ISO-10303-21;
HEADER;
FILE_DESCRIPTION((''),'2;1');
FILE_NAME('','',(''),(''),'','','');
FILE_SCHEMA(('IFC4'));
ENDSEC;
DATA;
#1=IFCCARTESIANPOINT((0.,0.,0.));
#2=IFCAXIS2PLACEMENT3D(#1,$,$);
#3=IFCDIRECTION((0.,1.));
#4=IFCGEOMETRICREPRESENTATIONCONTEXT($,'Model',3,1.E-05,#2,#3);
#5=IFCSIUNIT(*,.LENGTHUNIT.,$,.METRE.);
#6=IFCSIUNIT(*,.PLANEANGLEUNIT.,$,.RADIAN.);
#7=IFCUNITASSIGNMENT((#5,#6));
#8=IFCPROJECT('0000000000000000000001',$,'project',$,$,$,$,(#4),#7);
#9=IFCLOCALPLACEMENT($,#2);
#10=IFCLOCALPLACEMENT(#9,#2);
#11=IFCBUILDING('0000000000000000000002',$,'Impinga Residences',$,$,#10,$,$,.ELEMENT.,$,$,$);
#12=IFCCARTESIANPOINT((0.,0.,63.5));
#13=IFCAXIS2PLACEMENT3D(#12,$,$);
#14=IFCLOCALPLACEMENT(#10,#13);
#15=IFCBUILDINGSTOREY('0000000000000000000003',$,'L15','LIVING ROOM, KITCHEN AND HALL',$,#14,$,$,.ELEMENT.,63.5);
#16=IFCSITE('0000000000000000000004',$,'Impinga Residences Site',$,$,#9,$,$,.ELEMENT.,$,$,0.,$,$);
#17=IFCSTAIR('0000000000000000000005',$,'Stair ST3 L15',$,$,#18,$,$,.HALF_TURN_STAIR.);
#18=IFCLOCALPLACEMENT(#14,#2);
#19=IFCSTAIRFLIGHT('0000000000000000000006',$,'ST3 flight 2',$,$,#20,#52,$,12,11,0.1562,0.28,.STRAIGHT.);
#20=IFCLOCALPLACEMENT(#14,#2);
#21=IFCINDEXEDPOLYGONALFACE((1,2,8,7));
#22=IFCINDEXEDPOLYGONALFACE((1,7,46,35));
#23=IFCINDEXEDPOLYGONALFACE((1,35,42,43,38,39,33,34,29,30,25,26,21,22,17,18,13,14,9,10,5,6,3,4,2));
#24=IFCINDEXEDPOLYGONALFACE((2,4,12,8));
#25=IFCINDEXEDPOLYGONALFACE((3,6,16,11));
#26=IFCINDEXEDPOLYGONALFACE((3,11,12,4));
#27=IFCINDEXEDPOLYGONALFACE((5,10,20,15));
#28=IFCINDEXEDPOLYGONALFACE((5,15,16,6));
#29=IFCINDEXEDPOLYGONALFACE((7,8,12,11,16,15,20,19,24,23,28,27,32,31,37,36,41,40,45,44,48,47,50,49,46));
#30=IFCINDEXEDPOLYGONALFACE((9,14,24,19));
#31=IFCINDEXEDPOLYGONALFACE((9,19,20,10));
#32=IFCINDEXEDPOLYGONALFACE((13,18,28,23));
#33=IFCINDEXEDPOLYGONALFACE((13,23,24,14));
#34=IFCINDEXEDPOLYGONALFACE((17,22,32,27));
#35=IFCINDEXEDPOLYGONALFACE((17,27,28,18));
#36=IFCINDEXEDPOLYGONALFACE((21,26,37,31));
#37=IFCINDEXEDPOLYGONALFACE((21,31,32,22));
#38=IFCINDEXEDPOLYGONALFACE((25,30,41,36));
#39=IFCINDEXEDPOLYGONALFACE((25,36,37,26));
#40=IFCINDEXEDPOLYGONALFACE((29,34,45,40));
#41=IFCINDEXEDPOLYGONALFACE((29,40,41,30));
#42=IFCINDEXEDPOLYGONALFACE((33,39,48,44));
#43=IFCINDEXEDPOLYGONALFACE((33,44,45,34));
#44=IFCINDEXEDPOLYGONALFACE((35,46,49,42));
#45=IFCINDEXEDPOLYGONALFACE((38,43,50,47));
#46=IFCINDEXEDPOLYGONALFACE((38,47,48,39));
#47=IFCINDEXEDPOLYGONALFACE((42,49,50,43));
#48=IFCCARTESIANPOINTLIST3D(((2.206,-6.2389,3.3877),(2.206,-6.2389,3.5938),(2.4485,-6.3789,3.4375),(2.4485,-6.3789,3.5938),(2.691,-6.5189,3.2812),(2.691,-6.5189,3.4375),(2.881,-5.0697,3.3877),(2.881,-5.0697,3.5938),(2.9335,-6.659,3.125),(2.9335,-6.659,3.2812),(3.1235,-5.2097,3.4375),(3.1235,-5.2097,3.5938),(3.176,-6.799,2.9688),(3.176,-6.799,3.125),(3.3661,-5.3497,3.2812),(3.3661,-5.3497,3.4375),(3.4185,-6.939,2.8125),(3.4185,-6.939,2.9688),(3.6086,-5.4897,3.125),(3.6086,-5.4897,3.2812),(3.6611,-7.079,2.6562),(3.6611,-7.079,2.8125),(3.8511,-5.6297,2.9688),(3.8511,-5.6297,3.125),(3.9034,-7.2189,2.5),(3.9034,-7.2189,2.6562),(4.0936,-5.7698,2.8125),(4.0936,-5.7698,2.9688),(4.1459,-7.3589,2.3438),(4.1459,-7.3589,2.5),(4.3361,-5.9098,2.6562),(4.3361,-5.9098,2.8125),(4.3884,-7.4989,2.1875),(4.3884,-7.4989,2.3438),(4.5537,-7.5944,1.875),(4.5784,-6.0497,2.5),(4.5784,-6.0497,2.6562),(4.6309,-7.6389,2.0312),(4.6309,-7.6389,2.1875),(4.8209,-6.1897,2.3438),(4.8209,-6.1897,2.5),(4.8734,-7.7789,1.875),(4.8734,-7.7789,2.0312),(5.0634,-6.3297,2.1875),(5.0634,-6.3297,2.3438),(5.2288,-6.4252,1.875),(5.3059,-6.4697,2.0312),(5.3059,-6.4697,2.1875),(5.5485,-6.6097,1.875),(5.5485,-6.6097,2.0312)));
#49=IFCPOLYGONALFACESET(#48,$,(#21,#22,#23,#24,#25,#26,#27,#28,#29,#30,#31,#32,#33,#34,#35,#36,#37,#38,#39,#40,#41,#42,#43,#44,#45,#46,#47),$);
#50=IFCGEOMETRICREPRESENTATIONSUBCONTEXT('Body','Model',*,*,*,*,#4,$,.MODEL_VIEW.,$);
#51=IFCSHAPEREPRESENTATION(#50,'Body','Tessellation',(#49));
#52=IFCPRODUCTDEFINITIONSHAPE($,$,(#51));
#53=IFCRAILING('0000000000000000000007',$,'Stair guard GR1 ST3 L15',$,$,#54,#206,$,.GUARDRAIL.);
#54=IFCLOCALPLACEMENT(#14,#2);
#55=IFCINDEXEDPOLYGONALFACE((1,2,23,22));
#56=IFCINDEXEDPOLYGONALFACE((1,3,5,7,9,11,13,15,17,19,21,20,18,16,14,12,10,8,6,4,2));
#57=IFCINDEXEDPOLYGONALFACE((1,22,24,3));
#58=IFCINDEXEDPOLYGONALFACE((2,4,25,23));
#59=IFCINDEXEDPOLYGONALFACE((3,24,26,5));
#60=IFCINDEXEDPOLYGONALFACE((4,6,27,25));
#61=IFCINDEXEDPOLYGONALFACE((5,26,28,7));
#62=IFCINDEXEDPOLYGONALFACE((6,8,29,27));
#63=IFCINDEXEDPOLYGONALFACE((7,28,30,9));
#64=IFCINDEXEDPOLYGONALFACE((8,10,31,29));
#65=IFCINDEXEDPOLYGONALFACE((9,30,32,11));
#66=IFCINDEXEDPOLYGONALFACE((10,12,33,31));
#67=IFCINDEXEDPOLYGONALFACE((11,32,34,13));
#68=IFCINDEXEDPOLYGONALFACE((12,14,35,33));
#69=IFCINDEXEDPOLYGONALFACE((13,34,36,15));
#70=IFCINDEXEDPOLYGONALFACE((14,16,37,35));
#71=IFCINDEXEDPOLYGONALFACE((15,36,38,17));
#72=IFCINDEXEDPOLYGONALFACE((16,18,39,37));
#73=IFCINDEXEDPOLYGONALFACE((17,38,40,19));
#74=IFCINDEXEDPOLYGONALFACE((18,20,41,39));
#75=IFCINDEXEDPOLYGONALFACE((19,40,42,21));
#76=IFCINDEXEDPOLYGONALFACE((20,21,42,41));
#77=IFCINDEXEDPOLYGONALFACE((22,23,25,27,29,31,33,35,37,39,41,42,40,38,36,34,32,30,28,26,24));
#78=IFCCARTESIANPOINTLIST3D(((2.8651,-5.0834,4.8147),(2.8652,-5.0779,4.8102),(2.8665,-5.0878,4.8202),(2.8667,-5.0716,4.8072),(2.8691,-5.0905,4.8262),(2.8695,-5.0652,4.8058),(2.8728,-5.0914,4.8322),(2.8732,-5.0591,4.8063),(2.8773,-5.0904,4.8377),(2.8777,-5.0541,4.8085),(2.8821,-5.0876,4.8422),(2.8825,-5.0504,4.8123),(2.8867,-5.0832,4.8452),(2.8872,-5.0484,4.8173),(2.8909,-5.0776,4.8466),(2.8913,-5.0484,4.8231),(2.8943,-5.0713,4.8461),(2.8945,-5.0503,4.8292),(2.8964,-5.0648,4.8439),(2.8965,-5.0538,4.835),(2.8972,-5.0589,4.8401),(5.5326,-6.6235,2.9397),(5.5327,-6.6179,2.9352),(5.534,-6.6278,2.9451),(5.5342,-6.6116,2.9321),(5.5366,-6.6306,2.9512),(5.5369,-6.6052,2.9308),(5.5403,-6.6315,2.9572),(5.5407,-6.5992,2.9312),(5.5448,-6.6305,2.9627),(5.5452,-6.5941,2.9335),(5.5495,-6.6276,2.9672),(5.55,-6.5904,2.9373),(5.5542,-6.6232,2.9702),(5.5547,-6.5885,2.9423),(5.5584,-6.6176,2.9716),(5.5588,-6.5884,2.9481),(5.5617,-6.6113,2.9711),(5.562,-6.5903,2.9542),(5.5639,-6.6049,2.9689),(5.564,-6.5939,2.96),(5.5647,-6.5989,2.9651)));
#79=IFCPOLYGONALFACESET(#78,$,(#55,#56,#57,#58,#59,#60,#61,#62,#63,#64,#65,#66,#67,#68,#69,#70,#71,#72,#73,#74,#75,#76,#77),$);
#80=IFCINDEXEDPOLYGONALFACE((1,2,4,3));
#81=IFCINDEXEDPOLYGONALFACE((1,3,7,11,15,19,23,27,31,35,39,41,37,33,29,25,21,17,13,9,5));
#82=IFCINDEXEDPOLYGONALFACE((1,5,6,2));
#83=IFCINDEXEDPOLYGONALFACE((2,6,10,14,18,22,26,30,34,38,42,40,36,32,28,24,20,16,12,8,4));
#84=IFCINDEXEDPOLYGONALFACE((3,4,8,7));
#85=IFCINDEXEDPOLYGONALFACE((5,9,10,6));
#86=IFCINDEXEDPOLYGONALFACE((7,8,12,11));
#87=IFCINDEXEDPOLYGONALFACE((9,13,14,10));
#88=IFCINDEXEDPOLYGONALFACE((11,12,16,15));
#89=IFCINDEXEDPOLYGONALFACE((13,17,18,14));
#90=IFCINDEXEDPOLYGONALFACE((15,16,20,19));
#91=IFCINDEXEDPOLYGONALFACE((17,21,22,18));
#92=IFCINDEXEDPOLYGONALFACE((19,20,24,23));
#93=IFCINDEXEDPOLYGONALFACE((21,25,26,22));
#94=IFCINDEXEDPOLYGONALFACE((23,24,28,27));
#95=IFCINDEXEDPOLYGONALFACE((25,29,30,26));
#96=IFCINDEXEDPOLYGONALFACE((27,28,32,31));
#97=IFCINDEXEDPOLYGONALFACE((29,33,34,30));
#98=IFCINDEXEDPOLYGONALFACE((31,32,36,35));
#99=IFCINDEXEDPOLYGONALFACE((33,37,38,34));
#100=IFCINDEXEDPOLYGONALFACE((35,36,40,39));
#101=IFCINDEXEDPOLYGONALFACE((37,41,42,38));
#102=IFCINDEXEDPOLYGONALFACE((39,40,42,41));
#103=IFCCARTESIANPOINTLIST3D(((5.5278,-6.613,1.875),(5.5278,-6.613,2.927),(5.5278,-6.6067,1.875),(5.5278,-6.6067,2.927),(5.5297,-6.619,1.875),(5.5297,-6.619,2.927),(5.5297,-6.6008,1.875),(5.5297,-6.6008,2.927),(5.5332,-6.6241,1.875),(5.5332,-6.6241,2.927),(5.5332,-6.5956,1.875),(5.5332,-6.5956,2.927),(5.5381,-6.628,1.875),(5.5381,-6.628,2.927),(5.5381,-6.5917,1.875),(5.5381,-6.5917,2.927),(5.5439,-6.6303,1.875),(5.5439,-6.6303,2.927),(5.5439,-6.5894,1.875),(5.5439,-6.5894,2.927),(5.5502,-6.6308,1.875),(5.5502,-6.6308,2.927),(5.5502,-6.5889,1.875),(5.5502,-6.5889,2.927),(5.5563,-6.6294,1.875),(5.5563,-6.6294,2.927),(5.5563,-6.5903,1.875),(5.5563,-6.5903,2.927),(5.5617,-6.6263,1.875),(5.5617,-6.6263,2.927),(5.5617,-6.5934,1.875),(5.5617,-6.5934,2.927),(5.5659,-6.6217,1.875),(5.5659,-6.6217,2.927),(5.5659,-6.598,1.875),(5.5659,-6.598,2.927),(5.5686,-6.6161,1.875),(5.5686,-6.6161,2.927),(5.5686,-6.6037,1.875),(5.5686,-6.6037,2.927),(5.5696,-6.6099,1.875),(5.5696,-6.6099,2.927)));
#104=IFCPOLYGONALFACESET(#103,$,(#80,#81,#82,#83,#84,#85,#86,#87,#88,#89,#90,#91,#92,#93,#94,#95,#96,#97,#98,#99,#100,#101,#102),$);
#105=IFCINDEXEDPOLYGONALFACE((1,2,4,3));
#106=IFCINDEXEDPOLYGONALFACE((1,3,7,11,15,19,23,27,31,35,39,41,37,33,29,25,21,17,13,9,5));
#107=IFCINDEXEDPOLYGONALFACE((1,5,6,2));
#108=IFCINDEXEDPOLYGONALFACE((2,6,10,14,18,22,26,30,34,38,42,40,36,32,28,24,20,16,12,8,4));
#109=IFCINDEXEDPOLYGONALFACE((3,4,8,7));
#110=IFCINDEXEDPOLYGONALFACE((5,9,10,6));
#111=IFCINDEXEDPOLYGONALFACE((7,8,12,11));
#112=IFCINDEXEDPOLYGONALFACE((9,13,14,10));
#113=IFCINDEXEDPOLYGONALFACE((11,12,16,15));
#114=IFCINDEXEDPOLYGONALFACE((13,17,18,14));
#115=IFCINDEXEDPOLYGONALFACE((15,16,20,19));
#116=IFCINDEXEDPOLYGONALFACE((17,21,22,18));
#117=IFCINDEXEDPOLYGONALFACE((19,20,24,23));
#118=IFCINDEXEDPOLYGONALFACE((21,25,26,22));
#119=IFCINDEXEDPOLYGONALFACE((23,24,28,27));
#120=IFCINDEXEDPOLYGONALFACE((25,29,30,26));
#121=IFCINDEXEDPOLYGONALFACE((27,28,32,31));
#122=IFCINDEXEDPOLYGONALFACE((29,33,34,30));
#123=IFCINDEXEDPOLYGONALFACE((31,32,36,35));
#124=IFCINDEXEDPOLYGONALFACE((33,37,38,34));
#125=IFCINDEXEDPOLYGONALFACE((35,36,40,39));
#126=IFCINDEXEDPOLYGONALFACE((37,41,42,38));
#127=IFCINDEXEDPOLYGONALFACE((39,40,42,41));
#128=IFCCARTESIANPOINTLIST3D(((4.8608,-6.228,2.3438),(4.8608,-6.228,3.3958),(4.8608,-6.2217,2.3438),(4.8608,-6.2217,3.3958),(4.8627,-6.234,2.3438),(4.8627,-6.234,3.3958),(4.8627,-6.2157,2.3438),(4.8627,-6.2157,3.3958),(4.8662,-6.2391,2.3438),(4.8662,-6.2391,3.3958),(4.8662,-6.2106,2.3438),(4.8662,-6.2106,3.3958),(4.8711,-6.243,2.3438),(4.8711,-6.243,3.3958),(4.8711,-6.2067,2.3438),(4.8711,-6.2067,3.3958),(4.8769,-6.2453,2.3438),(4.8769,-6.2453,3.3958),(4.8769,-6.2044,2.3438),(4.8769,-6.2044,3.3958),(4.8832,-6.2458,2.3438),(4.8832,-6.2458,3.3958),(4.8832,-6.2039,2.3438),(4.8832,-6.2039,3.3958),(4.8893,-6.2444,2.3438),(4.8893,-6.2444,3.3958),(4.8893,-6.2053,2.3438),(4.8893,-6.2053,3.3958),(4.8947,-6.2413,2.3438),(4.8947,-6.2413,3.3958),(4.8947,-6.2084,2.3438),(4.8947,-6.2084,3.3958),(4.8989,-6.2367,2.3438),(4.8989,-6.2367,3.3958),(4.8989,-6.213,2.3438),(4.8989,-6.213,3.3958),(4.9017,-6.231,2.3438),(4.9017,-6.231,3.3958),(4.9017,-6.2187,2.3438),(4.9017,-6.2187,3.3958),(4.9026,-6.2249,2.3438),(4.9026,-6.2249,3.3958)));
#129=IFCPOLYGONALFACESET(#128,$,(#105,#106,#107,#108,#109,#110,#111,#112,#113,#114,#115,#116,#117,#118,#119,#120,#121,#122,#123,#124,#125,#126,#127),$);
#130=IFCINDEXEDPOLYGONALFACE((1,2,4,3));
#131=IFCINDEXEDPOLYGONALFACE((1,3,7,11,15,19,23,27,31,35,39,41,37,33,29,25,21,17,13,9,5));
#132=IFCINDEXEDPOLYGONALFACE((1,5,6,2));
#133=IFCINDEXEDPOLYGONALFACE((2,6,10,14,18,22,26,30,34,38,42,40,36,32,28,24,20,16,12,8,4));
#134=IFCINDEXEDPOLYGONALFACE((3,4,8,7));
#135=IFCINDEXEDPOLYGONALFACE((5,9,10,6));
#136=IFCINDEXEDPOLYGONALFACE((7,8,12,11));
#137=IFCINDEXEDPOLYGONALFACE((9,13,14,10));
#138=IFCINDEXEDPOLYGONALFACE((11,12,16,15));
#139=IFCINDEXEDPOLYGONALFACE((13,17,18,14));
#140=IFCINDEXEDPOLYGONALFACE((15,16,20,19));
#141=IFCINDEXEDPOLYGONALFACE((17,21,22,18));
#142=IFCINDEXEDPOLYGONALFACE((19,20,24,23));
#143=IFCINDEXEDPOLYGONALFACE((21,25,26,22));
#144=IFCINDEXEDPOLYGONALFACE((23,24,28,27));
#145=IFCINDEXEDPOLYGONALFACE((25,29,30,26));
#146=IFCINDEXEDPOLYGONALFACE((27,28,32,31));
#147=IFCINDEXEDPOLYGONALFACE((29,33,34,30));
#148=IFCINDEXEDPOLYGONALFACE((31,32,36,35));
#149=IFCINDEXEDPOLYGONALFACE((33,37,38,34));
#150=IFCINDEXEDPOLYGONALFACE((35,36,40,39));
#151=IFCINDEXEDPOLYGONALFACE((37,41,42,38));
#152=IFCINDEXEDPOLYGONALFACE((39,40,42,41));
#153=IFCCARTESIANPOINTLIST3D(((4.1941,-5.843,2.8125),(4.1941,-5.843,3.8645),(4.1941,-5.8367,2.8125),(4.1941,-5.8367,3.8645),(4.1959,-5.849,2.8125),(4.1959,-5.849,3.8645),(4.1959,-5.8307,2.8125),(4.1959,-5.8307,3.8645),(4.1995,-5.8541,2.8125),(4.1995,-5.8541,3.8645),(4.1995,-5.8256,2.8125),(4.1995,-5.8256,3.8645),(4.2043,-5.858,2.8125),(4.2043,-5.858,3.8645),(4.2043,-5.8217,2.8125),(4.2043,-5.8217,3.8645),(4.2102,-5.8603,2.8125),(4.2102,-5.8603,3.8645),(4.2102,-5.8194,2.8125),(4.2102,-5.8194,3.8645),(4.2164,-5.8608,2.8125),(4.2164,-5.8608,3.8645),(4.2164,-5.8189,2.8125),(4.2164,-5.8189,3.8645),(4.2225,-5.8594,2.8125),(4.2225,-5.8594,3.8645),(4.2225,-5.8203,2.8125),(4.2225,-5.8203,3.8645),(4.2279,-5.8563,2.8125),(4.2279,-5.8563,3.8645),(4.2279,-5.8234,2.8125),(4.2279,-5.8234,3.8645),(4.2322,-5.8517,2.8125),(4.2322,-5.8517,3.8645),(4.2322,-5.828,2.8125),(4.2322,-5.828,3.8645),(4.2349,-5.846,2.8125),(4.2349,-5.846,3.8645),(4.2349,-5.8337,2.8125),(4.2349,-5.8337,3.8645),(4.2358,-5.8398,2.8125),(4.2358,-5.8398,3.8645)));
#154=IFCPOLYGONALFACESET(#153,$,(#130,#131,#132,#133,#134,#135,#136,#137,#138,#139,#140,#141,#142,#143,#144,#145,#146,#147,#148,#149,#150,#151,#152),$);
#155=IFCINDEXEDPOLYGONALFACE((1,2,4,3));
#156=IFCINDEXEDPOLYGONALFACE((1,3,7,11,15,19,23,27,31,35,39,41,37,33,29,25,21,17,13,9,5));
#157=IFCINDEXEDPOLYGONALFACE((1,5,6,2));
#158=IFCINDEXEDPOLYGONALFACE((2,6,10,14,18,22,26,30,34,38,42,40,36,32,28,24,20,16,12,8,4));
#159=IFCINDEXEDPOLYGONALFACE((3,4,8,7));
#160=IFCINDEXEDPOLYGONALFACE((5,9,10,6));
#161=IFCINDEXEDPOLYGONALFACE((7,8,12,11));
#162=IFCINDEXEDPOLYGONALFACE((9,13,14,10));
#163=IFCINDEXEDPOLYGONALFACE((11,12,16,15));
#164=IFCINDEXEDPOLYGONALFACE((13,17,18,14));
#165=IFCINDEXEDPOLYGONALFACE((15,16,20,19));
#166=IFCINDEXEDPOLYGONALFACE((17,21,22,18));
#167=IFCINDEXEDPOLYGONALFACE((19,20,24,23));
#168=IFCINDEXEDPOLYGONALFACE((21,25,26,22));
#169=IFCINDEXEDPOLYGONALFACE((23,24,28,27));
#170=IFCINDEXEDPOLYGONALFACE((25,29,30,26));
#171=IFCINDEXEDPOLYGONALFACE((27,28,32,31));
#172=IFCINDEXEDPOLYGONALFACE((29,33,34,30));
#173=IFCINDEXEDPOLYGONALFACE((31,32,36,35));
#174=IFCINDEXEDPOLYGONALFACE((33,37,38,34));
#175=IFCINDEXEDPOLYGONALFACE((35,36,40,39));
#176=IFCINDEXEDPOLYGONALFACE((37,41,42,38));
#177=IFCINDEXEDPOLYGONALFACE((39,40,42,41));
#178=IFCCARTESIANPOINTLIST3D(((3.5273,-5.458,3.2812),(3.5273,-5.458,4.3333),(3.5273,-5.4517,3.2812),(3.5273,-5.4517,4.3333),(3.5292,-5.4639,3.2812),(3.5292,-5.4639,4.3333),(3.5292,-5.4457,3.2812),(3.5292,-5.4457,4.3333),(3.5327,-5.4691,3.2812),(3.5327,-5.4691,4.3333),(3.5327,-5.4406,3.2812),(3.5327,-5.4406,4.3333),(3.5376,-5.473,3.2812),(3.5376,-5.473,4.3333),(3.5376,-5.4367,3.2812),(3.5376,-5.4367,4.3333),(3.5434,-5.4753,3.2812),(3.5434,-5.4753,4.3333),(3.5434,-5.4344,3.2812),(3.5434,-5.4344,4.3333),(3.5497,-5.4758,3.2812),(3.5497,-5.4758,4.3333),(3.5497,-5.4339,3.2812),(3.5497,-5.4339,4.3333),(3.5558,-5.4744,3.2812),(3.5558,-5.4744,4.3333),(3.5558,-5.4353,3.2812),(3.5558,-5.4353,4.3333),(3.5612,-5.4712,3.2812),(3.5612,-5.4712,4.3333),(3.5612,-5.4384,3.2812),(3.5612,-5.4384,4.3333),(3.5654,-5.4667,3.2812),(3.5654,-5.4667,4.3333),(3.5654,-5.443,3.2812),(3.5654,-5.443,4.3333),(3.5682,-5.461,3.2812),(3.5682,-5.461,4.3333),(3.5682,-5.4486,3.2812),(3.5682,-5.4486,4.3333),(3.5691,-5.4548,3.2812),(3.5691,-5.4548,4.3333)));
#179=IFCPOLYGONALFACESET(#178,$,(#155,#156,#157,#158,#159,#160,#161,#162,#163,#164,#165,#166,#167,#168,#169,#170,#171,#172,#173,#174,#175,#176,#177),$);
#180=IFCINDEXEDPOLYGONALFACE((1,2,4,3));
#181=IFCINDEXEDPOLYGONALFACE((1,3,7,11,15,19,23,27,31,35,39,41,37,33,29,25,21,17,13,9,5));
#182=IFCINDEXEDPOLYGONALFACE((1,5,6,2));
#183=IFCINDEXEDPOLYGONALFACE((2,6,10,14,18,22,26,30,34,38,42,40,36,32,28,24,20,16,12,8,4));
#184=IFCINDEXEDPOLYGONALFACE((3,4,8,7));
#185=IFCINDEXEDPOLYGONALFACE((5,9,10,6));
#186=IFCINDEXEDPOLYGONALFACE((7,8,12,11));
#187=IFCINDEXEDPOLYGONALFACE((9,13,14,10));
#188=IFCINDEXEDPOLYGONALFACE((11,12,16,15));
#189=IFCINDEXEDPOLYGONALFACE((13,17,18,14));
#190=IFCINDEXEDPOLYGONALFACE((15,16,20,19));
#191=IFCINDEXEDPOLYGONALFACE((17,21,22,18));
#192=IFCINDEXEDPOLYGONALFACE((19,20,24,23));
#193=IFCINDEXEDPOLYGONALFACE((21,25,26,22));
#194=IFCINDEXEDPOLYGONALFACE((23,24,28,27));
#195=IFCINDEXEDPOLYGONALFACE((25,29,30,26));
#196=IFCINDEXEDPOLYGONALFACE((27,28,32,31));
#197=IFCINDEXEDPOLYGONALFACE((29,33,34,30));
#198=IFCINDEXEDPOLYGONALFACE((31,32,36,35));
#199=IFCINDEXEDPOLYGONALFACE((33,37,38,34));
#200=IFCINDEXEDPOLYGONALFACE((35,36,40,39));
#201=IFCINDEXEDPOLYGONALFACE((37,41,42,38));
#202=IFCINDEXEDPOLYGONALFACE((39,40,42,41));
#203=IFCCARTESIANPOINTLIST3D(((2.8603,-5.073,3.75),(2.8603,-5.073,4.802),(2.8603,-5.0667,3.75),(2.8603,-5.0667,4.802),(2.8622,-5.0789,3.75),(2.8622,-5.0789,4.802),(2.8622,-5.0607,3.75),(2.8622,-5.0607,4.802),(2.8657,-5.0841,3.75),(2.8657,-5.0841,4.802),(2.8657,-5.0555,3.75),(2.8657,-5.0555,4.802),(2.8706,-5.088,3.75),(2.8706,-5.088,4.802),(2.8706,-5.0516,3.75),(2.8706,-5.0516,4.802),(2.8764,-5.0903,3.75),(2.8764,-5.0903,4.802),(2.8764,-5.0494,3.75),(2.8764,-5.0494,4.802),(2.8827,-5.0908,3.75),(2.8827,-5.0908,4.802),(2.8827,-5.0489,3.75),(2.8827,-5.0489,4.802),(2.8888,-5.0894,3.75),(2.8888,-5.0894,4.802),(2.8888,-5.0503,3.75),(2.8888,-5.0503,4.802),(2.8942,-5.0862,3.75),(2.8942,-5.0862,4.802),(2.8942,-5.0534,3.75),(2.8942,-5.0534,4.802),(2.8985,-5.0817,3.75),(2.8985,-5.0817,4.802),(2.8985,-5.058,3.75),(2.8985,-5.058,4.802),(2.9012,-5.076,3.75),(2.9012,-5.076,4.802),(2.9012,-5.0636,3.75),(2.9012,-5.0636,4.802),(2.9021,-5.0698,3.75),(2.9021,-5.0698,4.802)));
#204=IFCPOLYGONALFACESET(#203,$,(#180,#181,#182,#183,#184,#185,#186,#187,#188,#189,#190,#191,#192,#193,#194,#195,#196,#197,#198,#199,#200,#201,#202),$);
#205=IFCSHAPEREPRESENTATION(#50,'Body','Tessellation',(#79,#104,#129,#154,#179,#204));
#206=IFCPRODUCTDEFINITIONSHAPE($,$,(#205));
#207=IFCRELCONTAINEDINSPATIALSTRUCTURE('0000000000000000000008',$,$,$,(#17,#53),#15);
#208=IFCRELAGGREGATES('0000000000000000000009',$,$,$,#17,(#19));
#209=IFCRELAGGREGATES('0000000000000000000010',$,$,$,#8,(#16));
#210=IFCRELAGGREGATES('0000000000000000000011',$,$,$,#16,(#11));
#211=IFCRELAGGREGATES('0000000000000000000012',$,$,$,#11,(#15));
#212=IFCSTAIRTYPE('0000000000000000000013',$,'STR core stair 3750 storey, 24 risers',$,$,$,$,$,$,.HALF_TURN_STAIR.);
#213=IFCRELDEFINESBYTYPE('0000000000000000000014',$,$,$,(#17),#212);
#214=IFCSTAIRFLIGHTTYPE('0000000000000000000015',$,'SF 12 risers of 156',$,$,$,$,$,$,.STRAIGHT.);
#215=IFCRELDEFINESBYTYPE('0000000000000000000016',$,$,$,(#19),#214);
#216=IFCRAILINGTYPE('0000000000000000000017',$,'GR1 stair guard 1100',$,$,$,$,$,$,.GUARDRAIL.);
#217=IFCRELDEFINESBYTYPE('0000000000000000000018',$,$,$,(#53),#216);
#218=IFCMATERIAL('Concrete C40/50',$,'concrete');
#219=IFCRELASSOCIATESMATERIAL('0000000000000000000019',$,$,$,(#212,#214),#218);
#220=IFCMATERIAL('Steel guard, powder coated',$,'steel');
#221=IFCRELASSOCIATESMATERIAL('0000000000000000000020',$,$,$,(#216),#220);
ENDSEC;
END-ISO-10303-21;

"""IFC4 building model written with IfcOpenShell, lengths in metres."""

from ifc_helpers import new_model, si_unit, direction, frame, origin, origin_2d, place, context, subcontext, project, spatial, polyline, circle, outline, extrude, material, type_object, element, aggregate, save


model = new_model("IFC4")

# Units and contexts
model_context = context("Model", 3, precision=1e-05, world=origin(), true_north=direction((0.0, 1.0)))
body_context = subcontext(model_context, "Body", "Model", "MODEL_VIEW")
ifc_project = project(units=[si_unit("LENGTHUNIT", "METRE"), si_unit("PLANEANGLEUNIT", "RADIAN")], contexts=[model_context])

# Site, building, storey
site_placement = place(None, origin())
site = spatial("IfcSite", under=ifc_project, at=site_placement, Name="Impinga Residences Site", CompositionType="ELEMENT", RefElevation=0.0)
building_placement = place(site_placement, origin())
building = spatial("IfcBuilding", under=site, at=building_placement, Name="Impinga Residences", CompositionType="ELEMENT")
storey_placement = place(building_placement, frame((0.0, 0.0, 63.5)))
storey = spatial("IfcBuildingStorey", under=building, at=storey_placement, Name="L15", Description="LIVING ROOM, KITCHEN AND HALL", CompositionType="ELEMENT", Elevation=63.5)

# Stair, stair flight
ifc_material_1 = material(Name="Concrete C40/50", Category="concrete")
stair_type = type_object("IfcStairType", Name="STR core stair 3750 storey, 24 risers", PredefinedType="HALF_TURN_STAIR", material=ifc_material_1)
stair_placement = place(storey_placement, origin())
stair = element("IfcStair", 1, at=stair_placement, inside=storey, type_object=stair_type, Name="Stair ST3 L15", PredefinedType="HALF_TURN_STAIR")
stair_flight_type = type_object("IfcStairFlightType", Name="SF 12 risers of 156", PredefinedType="STRAIGHT", material=ifc_material_1)
stair_flight_placement = place(storey_placement, frame((5.2109, -7.1943, 1.875), z_axis=(0.0, 0.0, 1.0), x_axis=(-0.866025, 0.5, 0.0)))
stair_flight = element("IfcStairFlight", 2, at=stair_flight_placement, type_object=stair_flight_type, Name="ST3 flight 2", NumberOfRisers=12, NumberOfTreads=11, PredefinedType="STRAIGHT", RiserHeight=0.1562, TreadLength=0.28, context=body_context, shape_type="SweptSolid", body=[
    extrude(outline(polyline([(0.0, 0.0), (0.0, 0.1562), (0.28, 0.1562), (0.28, 0.3125), (0.5601, 0.3125), (0.5601, 0.4688), (0.8401, 0.4688), (0.8401, 0.625), (1.1201, 0.625), (1.1201, 0.7812), (1.3999, 0.7812), (1.3999, 0.9375), (1.6799, 0.9375), (1.6799, 1.0938), (1.96, 1.0938), (1.96, 1.25), (2.24, 1.25), (2.24, 1.4062), (2.52, 1.4062), (2.52, 1.5625), (2.8, 1.5625), (2.8, 1.7188), (3.0801, 1.7188), (3.0801, 1.875), (3.0801, 1.5127), (0.3691, 0.0), (0.0, 0.0)])), frame((0.0, 0.675, 0.0), z_axis=(0.0, -1.0, 0.0), x_axis=(1.0, 0.0, 0.0)), (0.0, 0.0, 1.0), 1.3501),
])
aggregate(stair, [stair_flight])

# Railing
ifc_material_2 = material(Name="Steel guard, powder coated", Category="steel")
railing_type_1 = type_object("IfcRailingType", Name="GR1 stair guard 1100", PredefinedType="GUARDRAIL", material=ifc_material_2)
railing_1_placement = place(storey_placement, frame((5.5486, -6.6099, 1.875)))
element("IfcRailing", 3, at=railing_1_placement, inside=storey, type_object=railing_type_1, Name="Stair guard GR1 ST3 L15", PredefinedType="GUARDRAIL", context=body_context, shape_type="SweptSolid", body=[
    extrude(circle(Radius=0.0239, at=origin_2d()), frame((0.0, 0.0, 1.0762), z_axis=(-0.739746, 0.427084, 0.519975), x_axis=(-0.499992, -0.86603, 0.0)), (0.0, 0.0, 1.0), 3.606),
    extrude(circle(Radius=0.021, at=origin_2d()), origin(), (0.0, 0.0, 1.0), 1.052),
    extrude(circle(Radius=0.021, at=origin_2d()), frame((-0.667, 0.385, 0.4688)), (0.0, 0.0, 1.0), 1.052),
    extrude(circle(Radius=0.021, at=origin_2d()), frame((-1.3337, 0.77, 0.9375)), (0.0, 0.0, 1.0), 1.052),
    extrude(circle(Radius=0.021, at=origin_2d()), frame((-2.0005, 1.155, 1.4062)), (0.0, 0.0, 1.0), 1.052),
    extrude(circle(Radius=0.021, at=origin_2d()), frame((-2.6675, 1.54, 1.875)), (0.0, 0.0, 1.0), 1.052),
])

save(model, "model.ifc")
